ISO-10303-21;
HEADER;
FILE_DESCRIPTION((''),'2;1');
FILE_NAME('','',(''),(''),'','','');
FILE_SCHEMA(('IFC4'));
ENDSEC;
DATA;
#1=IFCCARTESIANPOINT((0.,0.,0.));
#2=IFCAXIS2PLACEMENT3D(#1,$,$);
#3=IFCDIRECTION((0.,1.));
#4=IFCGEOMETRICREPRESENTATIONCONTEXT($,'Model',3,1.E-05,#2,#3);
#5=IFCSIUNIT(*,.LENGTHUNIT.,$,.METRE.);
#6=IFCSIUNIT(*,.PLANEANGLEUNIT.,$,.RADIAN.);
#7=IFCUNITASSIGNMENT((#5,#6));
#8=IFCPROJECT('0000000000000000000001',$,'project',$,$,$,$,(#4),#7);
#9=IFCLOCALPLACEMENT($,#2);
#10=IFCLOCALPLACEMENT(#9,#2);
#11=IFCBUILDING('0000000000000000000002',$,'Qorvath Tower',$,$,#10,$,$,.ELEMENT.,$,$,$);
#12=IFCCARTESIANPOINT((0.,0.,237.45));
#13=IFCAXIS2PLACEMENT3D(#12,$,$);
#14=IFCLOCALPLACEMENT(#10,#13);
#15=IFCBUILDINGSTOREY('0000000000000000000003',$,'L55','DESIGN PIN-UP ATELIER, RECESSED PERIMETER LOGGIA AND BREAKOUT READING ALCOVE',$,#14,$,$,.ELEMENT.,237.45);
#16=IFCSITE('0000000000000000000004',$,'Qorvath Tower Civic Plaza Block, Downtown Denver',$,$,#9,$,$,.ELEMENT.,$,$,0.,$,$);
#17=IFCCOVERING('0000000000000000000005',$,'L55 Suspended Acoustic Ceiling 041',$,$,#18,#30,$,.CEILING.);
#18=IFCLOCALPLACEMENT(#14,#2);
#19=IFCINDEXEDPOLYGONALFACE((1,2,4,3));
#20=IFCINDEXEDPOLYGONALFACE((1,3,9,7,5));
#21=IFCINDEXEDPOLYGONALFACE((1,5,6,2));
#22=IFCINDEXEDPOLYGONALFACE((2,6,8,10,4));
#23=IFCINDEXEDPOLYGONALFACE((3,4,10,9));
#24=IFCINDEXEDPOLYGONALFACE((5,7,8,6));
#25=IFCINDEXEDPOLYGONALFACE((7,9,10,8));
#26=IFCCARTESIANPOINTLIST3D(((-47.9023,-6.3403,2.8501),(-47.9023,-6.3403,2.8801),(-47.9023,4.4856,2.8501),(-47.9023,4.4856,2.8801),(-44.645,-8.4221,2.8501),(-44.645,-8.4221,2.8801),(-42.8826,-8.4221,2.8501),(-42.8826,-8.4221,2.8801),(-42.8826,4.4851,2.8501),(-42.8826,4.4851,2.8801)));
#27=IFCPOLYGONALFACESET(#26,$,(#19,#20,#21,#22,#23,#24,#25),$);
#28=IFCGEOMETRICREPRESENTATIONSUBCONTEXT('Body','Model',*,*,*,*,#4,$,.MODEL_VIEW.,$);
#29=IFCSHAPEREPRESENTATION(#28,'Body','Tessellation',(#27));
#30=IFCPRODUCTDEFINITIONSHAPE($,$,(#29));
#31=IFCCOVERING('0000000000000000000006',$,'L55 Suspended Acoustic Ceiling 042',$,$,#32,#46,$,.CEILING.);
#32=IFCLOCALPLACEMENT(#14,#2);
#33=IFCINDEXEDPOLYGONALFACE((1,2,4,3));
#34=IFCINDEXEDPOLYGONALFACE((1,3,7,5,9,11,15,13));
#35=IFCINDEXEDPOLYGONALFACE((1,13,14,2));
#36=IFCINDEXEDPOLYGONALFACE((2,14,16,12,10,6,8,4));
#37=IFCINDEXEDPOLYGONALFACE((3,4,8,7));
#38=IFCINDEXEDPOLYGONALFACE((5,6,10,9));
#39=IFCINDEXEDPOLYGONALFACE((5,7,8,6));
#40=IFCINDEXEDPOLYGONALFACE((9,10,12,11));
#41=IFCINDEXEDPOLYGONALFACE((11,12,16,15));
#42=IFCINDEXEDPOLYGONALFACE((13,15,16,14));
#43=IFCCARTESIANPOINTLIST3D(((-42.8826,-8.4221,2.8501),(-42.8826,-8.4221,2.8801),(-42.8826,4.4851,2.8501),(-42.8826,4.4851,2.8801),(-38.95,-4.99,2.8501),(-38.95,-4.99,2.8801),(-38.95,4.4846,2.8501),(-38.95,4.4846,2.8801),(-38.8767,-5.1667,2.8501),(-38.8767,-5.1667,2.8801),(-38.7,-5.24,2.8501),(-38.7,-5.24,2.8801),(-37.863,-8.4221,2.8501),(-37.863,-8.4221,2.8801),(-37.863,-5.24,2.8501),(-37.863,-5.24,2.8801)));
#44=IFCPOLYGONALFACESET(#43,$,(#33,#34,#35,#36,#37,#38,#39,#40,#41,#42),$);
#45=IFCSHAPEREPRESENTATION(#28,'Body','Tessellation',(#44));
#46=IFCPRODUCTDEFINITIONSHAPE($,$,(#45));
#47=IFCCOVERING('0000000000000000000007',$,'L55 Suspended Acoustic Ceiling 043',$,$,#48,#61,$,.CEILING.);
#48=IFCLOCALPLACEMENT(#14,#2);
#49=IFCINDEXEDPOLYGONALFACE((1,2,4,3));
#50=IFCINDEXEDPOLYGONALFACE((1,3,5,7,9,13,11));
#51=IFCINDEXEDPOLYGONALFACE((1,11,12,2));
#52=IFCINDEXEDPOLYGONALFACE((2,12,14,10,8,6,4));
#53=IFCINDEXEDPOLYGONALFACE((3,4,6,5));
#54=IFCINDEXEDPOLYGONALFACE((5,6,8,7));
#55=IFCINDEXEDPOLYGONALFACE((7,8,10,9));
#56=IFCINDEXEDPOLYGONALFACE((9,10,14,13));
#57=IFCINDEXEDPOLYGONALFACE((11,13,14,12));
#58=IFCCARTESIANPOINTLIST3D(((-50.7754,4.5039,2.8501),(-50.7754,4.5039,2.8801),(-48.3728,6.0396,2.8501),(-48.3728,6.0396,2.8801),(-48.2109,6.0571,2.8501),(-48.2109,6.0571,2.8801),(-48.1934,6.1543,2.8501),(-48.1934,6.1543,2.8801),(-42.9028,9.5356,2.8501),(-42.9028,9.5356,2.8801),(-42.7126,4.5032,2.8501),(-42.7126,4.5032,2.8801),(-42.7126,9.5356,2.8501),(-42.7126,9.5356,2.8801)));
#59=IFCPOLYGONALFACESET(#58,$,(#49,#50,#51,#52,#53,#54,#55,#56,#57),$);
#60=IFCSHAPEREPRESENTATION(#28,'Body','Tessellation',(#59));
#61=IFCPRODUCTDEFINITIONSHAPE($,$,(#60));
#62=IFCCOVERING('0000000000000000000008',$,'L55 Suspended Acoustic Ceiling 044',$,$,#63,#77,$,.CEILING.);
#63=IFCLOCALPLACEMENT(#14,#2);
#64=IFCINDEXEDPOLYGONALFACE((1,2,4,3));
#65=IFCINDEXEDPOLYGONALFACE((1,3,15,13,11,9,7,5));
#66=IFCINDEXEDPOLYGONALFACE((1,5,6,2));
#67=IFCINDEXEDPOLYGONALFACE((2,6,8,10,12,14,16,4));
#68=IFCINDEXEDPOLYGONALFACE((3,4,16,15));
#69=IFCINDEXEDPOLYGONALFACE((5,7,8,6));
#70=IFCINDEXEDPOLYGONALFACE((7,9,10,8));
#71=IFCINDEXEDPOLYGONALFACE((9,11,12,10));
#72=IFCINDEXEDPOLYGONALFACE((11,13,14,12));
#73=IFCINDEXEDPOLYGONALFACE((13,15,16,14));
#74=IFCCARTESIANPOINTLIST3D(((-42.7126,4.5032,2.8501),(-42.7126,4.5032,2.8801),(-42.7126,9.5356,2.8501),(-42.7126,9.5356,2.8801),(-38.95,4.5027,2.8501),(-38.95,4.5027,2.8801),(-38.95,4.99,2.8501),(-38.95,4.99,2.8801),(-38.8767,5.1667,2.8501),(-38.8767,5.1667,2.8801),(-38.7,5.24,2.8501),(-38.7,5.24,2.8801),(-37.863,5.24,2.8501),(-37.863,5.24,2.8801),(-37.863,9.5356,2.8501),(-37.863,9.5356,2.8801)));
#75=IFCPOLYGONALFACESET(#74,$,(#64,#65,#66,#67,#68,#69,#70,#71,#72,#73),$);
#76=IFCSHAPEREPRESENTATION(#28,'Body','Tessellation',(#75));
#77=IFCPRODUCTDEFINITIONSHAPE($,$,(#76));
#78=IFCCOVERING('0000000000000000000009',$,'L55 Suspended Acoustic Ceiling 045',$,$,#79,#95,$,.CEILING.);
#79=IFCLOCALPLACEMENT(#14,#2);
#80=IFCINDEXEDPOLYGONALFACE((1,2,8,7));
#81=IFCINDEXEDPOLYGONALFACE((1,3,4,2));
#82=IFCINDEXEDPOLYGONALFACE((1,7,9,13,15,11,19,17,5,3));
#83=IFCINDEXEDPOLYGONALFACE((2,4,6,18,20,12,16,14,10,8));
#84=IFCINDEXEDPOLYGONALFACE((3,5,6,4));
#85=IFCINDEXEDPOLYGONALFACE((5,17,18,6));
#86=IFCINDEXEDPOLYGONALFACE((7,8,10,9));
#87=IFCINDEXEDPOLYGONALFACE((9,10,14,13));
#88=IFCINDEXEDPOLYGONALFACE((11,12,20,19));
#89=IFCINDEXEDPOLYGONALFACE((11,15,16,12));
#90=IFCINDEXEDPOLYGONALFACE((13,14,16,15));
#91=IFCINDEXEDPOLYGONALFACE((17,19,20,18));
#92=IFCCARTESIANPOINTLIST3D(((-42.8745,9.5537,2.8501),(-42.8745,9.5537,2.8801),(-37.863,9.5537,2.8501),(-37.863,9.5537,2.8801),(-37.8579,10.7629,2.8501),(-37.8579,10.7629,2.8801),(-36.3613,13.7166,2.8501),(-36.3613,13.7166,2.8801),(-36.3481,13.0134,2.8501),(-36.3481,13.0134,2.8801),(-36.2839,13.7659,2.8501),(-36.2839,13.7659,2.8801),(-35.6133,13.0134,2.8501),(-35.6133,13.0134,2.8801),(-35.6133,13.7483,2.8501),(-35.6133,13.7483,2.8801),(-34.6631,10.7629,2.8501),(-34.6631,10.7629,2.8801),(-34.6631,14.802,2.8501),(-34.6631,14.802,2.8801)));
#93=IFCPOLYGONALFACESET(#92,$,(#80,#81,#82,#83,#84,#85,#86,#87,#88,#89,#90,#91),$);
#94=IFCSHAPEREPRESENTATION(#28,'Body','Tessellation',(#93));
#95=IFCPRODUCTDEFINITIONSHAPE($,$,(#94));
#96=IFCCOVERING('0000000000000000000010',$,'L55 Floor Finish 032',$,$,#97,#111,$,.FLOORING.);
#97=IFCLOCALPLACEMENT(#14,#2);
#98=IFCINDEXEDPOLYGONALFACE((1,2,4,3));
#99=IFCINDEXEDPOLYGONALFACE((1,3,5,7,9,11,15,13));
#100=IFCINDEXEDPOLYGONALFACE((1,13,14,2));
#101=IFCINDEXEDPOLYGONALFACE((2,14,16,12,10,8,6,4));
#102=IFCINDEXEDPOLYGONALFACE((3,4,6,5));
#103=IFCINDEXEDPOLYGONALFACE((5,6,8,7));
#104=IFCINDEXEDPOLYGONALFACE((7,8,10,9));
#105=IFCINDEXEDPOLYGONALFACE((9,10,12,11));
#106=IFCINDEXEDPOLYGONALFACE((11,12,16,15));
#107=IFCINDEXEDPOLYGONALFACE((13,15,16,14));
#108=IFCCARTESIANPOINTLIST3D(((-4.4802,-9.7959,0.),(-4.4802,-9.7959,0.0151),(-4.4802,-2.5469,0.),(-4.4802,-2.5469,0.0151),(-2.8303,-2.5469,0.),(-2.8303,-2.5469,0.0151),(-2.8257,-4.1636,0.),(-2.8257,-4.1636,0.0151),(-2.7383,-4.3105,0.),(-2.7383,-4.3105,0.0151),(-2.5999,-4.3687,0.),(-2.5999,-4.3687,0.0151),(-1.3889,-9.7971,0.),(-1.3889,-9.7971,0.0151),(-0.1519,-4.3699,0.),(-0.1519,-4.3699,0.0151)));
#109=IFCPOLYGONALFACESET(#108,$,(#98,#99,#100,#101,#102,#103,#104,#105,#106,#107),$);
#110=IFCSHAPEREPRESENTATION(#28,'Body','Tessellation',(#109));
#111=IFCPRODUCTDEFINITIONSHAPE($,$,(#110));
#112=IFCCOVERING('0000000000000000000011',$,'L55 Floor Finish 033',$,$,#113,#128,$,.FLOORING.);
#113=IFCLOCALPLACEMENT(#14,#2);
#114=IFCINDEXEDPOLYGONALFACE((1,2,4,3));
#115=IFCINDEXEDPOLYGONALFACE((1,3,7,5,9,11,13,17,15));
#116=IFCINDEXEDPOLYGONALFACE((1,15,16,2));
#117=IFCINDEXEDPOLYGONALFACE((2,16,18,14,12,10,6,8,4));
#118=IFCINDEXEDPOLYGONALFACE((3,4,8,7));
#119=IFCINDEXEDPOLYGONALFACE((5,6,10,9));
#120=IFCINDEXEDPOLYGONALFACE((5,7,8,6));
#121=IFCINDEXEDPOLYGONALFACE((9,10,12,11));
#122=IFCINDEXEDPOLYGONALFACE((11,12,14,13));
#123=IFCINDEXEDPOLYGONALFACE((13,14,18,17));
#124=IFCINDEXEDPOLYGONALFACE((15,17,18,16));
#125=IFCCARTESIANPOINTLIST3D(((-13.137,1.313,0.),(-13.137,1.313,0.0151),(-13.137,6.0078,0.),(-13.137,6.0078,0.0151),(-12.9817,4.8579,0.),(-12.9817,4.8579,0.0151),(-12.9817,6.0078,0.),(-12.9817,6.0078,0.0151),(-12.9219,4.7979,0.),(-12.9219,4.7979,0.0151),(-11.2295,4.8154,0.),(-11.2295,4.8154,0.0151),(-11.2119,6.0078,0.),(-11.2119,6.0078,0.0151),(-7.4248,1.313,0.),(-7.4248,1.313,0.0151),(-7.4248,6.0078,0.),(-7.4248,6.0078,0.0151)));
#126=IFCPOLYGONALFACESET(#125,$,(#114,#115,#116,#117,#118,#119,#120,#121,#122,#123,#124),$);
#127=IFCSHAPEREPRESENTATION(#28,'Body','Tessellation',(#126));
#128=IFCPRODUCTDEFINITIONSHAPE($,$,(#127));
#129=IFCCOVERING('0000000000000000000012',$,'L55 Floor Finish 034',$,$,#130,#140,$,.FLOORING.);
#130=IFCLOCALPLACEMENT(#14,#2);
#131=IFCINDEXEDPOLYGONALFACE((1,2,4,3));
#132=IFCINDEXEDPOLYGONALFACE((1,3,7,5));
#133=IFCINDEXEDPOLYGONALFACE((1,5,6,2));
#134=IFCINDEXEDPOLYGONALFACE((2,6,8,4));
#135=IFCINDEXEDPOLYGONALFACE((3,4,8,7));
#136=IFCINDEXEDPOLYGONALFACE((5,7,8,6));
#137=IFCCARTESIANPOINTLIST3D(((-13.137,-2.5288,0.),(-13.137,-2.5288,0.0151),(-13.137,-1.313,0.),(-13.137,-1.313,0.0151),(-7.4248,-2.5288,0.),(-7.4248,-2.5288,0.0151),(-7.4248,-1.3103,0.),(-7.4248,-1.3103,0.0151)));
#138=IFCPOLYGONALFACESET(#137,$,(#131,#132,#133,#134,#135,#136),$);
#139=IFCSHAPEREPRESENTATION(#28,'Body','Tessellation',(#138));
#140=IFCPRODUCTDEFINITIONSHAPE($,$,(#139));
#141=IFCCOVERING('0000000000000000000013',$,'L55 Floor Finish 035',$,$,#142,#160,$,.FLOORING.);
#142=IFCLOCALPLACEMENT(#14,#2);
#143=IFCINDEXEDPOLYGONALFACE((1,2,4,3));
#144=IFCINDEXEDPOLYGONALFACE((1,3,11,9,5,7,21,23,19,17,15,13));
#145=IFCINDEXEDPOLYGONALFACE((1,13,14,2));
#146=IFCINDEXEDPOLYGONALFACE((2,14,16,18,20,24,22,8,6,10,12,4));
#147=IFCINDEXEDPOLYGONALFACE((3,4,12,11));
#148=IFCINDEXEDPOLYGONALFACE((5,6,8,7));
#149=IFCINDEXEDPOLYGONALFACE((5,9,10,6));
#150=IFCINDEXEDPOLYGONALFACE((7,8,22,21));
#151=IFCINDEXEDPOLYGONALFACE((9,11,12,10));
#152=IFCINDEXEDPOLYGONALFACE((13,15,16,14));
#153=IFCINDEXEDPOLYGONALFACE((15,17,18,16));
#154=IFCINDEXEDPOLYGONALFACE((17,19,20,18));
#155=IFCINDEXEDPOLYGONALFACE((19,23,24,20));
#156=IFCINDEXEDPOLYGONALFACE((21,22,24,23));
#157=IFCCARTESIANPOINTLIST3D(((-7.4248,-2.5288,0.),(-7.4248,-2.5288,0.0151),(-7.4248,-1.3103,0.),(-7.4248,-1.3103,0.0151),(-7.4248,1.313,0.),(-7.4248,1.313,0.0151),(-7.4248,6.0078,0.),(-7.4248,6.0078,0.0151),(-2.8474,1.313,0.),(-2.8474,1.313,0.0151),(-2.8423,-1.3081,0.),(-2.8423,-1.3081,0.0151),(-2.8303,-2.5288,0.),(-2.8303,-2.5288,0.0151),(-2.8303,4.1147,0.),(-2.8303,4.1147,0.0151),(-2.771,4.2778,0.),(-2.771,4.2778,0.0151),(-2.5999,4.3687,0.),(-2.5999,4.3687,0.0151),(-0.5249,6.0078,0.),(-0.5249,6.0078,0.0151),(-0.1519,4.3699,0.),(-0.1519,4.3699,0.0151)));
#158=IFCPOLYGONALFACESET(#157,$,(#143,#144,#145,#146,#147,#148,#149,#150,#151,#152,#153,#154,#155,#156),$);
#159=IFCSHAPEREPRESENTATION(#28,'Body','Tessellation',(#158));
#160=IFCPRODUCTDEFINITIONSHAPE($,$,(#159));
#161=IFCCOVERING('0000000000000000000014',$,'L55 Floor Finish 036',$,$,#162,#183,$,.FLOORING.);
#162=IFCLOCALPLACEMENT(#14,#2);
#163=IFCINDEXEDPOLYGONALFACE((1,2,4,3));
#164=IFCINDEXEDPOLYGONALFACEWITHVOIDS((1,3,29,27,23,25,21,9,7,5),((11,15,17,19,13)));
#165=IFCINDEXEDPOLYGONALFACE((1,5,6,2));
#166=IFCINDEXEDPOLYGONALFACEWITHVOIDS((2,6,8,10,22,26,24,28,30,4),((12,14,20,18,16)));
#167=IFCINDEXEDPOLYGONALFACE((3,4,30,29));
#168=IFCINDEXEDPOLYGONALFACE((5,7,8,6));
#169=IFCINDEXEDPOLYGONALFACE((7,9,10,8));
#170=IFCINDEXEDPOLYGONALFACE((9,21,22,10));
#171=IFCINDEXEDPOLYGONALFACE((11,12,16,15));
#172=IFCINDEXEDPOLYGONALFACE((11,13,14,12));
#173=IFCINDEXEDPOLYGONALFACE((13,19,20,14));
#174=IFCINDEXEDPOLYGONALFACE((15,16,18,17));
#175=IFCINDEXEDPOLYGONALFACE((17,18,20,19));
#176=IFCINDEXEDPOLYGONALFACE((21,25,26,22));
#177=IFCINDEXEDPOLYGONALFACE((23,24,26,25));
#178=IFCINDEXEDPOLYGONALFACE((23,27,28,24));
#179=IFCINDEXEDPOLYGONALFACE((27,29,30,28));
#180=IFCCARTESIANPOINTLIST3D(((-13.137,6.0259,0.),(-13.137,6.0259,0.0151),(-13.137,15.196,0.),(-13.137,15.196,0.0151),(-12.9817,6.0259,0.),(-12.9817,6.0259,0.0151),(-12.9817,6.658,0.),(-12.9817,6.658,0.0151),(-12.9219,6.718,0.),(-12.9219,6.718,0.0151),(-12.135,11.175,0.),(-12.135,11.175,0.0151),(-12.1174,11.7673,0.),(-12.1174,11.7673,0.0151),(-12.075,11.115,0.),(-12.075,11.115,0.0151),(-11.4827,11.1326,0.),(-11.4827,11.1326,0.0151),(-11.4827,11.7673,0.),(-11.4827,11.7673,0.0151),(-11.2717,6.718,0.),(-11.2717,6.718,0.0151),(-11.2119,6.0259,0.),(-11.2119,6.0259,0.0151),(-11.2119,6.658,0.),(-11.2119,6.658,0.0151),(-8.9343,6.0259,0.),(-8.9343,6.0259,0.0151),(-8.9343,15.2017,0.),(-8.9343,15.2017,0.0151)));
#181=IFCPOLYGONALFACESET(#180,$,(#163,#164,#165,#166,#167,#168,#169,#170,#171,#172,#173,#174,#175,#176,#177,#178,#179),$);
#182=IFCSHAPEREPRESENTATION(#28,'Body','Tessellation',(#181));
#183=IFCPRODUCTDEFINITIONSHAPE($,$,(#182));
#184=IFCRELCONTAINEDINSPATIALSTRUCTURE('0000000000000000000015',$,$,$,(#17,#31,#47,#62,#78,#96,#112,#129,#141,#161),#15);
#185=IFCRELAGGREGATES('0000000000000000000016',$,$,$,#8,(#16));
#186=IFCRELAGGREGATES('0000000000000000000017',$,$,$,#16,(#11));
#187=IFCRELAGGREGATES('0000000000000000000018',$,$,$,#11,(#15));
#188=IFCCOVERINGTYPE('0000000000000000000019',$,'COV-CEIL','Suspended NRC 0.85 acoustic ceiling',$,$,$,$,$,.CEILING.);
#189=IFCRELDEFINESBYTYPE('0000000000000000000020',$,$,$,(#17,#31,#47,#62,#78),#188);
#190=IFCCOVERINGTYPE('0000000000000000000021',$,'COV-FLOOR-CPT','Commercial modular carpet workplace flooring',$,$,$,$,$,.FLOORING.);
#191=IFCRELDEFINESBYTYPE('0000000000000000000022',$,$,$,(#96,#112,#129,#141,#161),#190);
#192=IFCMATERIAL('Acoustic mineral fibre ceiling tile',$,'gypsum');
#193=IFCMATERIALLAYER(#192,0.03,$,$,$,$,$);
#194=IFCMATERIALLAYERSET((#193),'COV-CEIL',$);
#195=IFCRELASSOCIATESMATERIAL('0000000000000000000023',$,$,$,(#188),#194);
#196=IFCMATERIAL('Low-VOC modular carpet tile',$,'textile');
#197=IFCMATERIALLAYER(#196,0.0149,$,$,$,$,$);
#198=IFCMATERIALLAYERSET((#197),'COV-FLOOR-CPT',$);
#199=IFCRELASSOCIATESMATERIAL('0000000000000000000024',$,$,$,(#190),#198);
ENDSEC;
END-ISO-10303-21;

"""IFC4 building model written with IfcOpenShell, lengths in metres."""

from ifc_helpers import new_model, si_unit, direction, frame, origin, place, context, subcontext, project, spatial, polyline, outline, extrude, material, layer, layer_set, type_object, element, save


model = new_model("IFC4")

# Units and contexts
model_context = context("Model", 3, precision=1e-05, world=origin(), true_north=direction((0.0, 1.0)))
body_context = subcontext(model_context, "Body", "Model", "MODEL_VIEW")
ifc_project = project(units=[si_unit("LENGTHUNIT", "METRE"), si_unit("PLANEANGLEUNIT", "RADIAN")], contexts=[model_context])

# Site, building, storey
site_placement = place(None, origin())
site = spatial("IfcSite", under=ifc_project, at=site_placement, Name="Qorvath Tower Civic Plaza Block, Downtown Denver", CompositionType="ELEMENT", RefElevation=0.0)
building_placement = place(site_placement, origin())
building = spatial("IfcBuilding", under=site, at=building_placement, Name="Qorvath Tower", CompositionType="ELEMENT")
storey_placement = place(building_placement, frame((0.0, 0.0, 237.45)))
storey = spatial("IfcBuildingStorey", under=building, at=storey_placement, Name="L55", Description="DESIGN PIN-UP ATELIER, RECESSED PERIMETER LOGGIA AND BREAKOUT READING ALCOVE", CompositionType="ELEMENT", Elevation=237.45)

# Coverings
ifc_material_1 = material(Name="Acoustic mineral fibre ceiling tile", Category="gypsum")
ifc_layer_1 = layer(ifc_material_1, 0.03)
ifc_layer_set_1 = layer_set([ifc_layer_1], Name="COV-CEIL")
covering_type_1 = type_object("IfcCoveringType", Name="COV-CEIL", Description="Suspended NRC 0.85 acoustic ceiling", PredefinedType="CEILING", material=ifc_layer_set_1)
covering_1_placement = place(storey_placement, frame((0.0, 0.0, 2.8501)))
element("IfcCovering", 1, at=covering_1_placement, inside=storey, type_object=covering_type_1, Name="L55 Suspended Acoustic Ceiling 041", PredefinedType="CEILING", context=body_context, shape_type="SweptSolid", body=[
    extrude(outline(polyline([(-47.9023, 4.4856), (-47.9023, -6.3403), (-44.645, -8.4221), (-42.8826, -8.4221), (-42.8826, 4.4851), (-47.9023, 4.4856)])), origin(), (0.0, 0.0, 1.0), 0.03),
])
covering_2_placement = place(storey_placement, frame((0.0, 0.0, 2.8501)))
element("IfcCovering", 2, at=covering_2_placement, inside=storey, type_object=covering_type_1, Name="L55 Suspended Acoustic Ceiling 042", PredefinedType="CEILING", context=body_context, shape_type="SweptSolid", body=[
    extrude(outline(polyline([(-42.8826, 4.4851), (-42.8826, -8.4221), (-37.863, -8.4221), (-37.863, -5.24), (-38.7, -5.24), (-38.8767, -5.1667), (-38.95, -4.99), (-38.95, 4.4846), (-42.8826, 4.4851)])), origin(), (0.0, 0.0, 1.0), 0.03),
])
covering_3_placement = place(storey_placement, frame((0.0, 0.0, 2.8501)))
element("IfcCovering", 3, at=covering_3_placement, inside=storey, type_object=covering_type_1, Name="L55 Suspended Acoustic Ceiling 043", PredefinedType="CEILING", context=body_context, shape_type="SweptSolid", body=[
    extrude(outline(polyline([(-42.7126, 4.5032), (-42.7126, 9.5356), (-42.9028, 9.5356), (-48.1934, 6.1543), (-48.2109, 6.0571), (-48.3728, 6.0396), (-50.7754, 4.5039), (-42.7126, 4.5032)])), origin(), (0.0, 0.0, 1.0), 0.03),
])
covering_4_placement = place(storey_placement, frame((0.0, 0.0, 2.8501)))
element("IfcCovering", 4, at=covering_4_placement, inside=storey, type_object=covering_type_1, Name="L55 Suspended Acoustic Ceiling 044", PredefinedType="CEILING", context=body_context, shape_type="SweptSolid", body=[
    extrude(outline(polyline([(-37.863, 9.5356), (-42.7126, 9.5356), (-42.7126, 4.5032), (-38.95, 4.5027), (-38.95, 4.99), (-38.8767, 5.1667), (-38.7, 5.24), (-37.863, 5.24), (-37.863, 9.5356)])), origin(), (0.0, 0.0, 1.0), 0.03),
])
covering_5_placement = place(storey_placement, frame((0.0, 0.0, 2.8501)))
element("IfcCovering", 5, at=covering_5_placement, inside=storey, type_object=covering_type_1, Name="L55 Suspended Acoustic Ceiling 045", PredefinedType="CEILING", context=body_context, shape_type="SweptSolid", body=[
    extrude(outline(polyline([(-34.6631, 10.7629), (-34.6631, 14.802), (-36.2839, 13.7659), (-35.6133, 13.7483), (-35.6133, 13.0134), (-36.3481, 13.0134), (-36.3613, 13.7166), (-42.8745, 9.5537), (-37.863, 9.5537), (-37.8579, 10.7629), (-34.6631, 10.7629)])), origin(), (0.0, 0.0, 1.0), 0.03),
])
ifc_material_2 = material(Name="Low-VOC modular carpet tile", Category="textile")
ifc_layer_2 = layer(ifc_material_2, 0.0149)
ifc_layer_set_2 = layer_set([ifc_layer_2], Name="COV-FLOOR-CPT")
covering_type_2 = type_object("IfcCoveringType", Name="COV-FLOOR-CPT", Description="Commercial modular carpet workplace flooring", PredefinedType="FLOORING", material=ifc_layer_set_2)
covering_6_placement = place(storey_placement, origin())
element("IfcCovering", 6, at=covering_6_placement, inside=storey, type_object=covering_type_2, Name="L55 Floor Finish 032", PredefinedType="FLOORING", context=body_context, shape_type="SweptSolid", body=[
    extrude(outline(polyline([(-2.7383, -4.3105), (-2.8257, -4.1636), (-2.8303, -2.5469), (-4.4802, -2.5469), (-4.4802, -9.7959), (-1.3889, -9.7971), (-0.1519, -4.3699), (-2.5999, -4.3687), (-2.7383, -4.3105)])), origin(), (0.0, 0.0, 1.0), 0.0151),
])
covering_7_placement = place(storey_placement, origin())
element("IfcCovering", 7, at=covering_7_placement, inside=storey, type_object=covering_type_2, Name="L55 Floor Finish 033", PredefinedType="FLOORING", context=body_context, shape_type="SweptSolid", body=[
    extrude(outline(polyline([(-7.4248, 1.313), (-7.4248, 6.0078), (-11.2119, 6.0078), (-11.2295, 4.8154), (-12.9219, 4.7979), (-12.9817, 4.8579), (-12.9817, 6.0078), (-13.137, 6.0078), (-13.137, 1.313), (-7.4248, 1.313)])), origin(), (0.0, 0.0, 1.0), 0.0151),
])
covering_8_placement = place(storey_placement, origin())
element("IfcCovering", 8, at=covering_8_placement, inside=storey, type_object=covering_type_2, Name="L55 Floor Finish 034", PredefinedType="FLOORING", context=body_context, shape_type="SweptSolid", body=[
    extrude(outline(polyline([(-7.4248, -2.5288), (-7.4248, -1.3103), (-13.137, -1.313), (-13.137, -2.5288), (-7.4248, -2.5288)])), origin(), (0.0, 0.0, 1.0), 0.0151),
])
covering_9_placement = place(storey_placement, origin())
element("IfcCovering", 9, at=covering_9_placement, inside=storey, type_object=covering_type_2, Name="L55 Floor Finish 035", PredefinedType="FLOORING", context=body_context, shape_type="SweptSolid", body=[
    extrude(outline(polyline([(-2.771, 4.2778), (-2.5999, 4.3687), (-0.1519, 4.3699), (-0.5249, 6.0078), (-7.4248, 6.0078), (-7.4248, 1.313), (-2.8474, 1.313), (-2.8423, -1.3081), (-7.4248, -1.3103), (-7.4248, -2.5288), (-2.8303, -2.5288), (-2.8303, 4.1147), (-2.771, 4.2778)])), origin(), (0.0, 0.0, 1.0), 0.0151),
])
covering_10_placement = place(storey_placement, origin())
element("IfcCovering", 10, at=covering_10_placement, inside=storey, type_object=covering_type_2, Name="L55 Floor Finish 036", PredefinedType="FLOORING", context=body_context, shape_type="SweptSolid", body=[
    extrude(outline(polyline([(-11.2119, 6.0259), (-8.9343, 6.0259), (-8.9343, 15.2017), (-13.137, 15.196), (-13.137, 6.0259), (-12.9817, 6.0259), (-12.9817, 6.658), (-12.9219, 6.718), (-11.2717, 6.718), (-11.2119, 6.658), (-11.2119, 6.0259)]), holes=[polyline([(-12.135, 11.175), (-12.1174, 11.7673), (-11.4827, 11.7673), (-11.4827, 11.1326), (-12.075, 11.115), (-12.135, 11.175)])]), origin(), (0.0, 0.0, 1.0), 0.0151),
])

save(model, "model.ifc")
